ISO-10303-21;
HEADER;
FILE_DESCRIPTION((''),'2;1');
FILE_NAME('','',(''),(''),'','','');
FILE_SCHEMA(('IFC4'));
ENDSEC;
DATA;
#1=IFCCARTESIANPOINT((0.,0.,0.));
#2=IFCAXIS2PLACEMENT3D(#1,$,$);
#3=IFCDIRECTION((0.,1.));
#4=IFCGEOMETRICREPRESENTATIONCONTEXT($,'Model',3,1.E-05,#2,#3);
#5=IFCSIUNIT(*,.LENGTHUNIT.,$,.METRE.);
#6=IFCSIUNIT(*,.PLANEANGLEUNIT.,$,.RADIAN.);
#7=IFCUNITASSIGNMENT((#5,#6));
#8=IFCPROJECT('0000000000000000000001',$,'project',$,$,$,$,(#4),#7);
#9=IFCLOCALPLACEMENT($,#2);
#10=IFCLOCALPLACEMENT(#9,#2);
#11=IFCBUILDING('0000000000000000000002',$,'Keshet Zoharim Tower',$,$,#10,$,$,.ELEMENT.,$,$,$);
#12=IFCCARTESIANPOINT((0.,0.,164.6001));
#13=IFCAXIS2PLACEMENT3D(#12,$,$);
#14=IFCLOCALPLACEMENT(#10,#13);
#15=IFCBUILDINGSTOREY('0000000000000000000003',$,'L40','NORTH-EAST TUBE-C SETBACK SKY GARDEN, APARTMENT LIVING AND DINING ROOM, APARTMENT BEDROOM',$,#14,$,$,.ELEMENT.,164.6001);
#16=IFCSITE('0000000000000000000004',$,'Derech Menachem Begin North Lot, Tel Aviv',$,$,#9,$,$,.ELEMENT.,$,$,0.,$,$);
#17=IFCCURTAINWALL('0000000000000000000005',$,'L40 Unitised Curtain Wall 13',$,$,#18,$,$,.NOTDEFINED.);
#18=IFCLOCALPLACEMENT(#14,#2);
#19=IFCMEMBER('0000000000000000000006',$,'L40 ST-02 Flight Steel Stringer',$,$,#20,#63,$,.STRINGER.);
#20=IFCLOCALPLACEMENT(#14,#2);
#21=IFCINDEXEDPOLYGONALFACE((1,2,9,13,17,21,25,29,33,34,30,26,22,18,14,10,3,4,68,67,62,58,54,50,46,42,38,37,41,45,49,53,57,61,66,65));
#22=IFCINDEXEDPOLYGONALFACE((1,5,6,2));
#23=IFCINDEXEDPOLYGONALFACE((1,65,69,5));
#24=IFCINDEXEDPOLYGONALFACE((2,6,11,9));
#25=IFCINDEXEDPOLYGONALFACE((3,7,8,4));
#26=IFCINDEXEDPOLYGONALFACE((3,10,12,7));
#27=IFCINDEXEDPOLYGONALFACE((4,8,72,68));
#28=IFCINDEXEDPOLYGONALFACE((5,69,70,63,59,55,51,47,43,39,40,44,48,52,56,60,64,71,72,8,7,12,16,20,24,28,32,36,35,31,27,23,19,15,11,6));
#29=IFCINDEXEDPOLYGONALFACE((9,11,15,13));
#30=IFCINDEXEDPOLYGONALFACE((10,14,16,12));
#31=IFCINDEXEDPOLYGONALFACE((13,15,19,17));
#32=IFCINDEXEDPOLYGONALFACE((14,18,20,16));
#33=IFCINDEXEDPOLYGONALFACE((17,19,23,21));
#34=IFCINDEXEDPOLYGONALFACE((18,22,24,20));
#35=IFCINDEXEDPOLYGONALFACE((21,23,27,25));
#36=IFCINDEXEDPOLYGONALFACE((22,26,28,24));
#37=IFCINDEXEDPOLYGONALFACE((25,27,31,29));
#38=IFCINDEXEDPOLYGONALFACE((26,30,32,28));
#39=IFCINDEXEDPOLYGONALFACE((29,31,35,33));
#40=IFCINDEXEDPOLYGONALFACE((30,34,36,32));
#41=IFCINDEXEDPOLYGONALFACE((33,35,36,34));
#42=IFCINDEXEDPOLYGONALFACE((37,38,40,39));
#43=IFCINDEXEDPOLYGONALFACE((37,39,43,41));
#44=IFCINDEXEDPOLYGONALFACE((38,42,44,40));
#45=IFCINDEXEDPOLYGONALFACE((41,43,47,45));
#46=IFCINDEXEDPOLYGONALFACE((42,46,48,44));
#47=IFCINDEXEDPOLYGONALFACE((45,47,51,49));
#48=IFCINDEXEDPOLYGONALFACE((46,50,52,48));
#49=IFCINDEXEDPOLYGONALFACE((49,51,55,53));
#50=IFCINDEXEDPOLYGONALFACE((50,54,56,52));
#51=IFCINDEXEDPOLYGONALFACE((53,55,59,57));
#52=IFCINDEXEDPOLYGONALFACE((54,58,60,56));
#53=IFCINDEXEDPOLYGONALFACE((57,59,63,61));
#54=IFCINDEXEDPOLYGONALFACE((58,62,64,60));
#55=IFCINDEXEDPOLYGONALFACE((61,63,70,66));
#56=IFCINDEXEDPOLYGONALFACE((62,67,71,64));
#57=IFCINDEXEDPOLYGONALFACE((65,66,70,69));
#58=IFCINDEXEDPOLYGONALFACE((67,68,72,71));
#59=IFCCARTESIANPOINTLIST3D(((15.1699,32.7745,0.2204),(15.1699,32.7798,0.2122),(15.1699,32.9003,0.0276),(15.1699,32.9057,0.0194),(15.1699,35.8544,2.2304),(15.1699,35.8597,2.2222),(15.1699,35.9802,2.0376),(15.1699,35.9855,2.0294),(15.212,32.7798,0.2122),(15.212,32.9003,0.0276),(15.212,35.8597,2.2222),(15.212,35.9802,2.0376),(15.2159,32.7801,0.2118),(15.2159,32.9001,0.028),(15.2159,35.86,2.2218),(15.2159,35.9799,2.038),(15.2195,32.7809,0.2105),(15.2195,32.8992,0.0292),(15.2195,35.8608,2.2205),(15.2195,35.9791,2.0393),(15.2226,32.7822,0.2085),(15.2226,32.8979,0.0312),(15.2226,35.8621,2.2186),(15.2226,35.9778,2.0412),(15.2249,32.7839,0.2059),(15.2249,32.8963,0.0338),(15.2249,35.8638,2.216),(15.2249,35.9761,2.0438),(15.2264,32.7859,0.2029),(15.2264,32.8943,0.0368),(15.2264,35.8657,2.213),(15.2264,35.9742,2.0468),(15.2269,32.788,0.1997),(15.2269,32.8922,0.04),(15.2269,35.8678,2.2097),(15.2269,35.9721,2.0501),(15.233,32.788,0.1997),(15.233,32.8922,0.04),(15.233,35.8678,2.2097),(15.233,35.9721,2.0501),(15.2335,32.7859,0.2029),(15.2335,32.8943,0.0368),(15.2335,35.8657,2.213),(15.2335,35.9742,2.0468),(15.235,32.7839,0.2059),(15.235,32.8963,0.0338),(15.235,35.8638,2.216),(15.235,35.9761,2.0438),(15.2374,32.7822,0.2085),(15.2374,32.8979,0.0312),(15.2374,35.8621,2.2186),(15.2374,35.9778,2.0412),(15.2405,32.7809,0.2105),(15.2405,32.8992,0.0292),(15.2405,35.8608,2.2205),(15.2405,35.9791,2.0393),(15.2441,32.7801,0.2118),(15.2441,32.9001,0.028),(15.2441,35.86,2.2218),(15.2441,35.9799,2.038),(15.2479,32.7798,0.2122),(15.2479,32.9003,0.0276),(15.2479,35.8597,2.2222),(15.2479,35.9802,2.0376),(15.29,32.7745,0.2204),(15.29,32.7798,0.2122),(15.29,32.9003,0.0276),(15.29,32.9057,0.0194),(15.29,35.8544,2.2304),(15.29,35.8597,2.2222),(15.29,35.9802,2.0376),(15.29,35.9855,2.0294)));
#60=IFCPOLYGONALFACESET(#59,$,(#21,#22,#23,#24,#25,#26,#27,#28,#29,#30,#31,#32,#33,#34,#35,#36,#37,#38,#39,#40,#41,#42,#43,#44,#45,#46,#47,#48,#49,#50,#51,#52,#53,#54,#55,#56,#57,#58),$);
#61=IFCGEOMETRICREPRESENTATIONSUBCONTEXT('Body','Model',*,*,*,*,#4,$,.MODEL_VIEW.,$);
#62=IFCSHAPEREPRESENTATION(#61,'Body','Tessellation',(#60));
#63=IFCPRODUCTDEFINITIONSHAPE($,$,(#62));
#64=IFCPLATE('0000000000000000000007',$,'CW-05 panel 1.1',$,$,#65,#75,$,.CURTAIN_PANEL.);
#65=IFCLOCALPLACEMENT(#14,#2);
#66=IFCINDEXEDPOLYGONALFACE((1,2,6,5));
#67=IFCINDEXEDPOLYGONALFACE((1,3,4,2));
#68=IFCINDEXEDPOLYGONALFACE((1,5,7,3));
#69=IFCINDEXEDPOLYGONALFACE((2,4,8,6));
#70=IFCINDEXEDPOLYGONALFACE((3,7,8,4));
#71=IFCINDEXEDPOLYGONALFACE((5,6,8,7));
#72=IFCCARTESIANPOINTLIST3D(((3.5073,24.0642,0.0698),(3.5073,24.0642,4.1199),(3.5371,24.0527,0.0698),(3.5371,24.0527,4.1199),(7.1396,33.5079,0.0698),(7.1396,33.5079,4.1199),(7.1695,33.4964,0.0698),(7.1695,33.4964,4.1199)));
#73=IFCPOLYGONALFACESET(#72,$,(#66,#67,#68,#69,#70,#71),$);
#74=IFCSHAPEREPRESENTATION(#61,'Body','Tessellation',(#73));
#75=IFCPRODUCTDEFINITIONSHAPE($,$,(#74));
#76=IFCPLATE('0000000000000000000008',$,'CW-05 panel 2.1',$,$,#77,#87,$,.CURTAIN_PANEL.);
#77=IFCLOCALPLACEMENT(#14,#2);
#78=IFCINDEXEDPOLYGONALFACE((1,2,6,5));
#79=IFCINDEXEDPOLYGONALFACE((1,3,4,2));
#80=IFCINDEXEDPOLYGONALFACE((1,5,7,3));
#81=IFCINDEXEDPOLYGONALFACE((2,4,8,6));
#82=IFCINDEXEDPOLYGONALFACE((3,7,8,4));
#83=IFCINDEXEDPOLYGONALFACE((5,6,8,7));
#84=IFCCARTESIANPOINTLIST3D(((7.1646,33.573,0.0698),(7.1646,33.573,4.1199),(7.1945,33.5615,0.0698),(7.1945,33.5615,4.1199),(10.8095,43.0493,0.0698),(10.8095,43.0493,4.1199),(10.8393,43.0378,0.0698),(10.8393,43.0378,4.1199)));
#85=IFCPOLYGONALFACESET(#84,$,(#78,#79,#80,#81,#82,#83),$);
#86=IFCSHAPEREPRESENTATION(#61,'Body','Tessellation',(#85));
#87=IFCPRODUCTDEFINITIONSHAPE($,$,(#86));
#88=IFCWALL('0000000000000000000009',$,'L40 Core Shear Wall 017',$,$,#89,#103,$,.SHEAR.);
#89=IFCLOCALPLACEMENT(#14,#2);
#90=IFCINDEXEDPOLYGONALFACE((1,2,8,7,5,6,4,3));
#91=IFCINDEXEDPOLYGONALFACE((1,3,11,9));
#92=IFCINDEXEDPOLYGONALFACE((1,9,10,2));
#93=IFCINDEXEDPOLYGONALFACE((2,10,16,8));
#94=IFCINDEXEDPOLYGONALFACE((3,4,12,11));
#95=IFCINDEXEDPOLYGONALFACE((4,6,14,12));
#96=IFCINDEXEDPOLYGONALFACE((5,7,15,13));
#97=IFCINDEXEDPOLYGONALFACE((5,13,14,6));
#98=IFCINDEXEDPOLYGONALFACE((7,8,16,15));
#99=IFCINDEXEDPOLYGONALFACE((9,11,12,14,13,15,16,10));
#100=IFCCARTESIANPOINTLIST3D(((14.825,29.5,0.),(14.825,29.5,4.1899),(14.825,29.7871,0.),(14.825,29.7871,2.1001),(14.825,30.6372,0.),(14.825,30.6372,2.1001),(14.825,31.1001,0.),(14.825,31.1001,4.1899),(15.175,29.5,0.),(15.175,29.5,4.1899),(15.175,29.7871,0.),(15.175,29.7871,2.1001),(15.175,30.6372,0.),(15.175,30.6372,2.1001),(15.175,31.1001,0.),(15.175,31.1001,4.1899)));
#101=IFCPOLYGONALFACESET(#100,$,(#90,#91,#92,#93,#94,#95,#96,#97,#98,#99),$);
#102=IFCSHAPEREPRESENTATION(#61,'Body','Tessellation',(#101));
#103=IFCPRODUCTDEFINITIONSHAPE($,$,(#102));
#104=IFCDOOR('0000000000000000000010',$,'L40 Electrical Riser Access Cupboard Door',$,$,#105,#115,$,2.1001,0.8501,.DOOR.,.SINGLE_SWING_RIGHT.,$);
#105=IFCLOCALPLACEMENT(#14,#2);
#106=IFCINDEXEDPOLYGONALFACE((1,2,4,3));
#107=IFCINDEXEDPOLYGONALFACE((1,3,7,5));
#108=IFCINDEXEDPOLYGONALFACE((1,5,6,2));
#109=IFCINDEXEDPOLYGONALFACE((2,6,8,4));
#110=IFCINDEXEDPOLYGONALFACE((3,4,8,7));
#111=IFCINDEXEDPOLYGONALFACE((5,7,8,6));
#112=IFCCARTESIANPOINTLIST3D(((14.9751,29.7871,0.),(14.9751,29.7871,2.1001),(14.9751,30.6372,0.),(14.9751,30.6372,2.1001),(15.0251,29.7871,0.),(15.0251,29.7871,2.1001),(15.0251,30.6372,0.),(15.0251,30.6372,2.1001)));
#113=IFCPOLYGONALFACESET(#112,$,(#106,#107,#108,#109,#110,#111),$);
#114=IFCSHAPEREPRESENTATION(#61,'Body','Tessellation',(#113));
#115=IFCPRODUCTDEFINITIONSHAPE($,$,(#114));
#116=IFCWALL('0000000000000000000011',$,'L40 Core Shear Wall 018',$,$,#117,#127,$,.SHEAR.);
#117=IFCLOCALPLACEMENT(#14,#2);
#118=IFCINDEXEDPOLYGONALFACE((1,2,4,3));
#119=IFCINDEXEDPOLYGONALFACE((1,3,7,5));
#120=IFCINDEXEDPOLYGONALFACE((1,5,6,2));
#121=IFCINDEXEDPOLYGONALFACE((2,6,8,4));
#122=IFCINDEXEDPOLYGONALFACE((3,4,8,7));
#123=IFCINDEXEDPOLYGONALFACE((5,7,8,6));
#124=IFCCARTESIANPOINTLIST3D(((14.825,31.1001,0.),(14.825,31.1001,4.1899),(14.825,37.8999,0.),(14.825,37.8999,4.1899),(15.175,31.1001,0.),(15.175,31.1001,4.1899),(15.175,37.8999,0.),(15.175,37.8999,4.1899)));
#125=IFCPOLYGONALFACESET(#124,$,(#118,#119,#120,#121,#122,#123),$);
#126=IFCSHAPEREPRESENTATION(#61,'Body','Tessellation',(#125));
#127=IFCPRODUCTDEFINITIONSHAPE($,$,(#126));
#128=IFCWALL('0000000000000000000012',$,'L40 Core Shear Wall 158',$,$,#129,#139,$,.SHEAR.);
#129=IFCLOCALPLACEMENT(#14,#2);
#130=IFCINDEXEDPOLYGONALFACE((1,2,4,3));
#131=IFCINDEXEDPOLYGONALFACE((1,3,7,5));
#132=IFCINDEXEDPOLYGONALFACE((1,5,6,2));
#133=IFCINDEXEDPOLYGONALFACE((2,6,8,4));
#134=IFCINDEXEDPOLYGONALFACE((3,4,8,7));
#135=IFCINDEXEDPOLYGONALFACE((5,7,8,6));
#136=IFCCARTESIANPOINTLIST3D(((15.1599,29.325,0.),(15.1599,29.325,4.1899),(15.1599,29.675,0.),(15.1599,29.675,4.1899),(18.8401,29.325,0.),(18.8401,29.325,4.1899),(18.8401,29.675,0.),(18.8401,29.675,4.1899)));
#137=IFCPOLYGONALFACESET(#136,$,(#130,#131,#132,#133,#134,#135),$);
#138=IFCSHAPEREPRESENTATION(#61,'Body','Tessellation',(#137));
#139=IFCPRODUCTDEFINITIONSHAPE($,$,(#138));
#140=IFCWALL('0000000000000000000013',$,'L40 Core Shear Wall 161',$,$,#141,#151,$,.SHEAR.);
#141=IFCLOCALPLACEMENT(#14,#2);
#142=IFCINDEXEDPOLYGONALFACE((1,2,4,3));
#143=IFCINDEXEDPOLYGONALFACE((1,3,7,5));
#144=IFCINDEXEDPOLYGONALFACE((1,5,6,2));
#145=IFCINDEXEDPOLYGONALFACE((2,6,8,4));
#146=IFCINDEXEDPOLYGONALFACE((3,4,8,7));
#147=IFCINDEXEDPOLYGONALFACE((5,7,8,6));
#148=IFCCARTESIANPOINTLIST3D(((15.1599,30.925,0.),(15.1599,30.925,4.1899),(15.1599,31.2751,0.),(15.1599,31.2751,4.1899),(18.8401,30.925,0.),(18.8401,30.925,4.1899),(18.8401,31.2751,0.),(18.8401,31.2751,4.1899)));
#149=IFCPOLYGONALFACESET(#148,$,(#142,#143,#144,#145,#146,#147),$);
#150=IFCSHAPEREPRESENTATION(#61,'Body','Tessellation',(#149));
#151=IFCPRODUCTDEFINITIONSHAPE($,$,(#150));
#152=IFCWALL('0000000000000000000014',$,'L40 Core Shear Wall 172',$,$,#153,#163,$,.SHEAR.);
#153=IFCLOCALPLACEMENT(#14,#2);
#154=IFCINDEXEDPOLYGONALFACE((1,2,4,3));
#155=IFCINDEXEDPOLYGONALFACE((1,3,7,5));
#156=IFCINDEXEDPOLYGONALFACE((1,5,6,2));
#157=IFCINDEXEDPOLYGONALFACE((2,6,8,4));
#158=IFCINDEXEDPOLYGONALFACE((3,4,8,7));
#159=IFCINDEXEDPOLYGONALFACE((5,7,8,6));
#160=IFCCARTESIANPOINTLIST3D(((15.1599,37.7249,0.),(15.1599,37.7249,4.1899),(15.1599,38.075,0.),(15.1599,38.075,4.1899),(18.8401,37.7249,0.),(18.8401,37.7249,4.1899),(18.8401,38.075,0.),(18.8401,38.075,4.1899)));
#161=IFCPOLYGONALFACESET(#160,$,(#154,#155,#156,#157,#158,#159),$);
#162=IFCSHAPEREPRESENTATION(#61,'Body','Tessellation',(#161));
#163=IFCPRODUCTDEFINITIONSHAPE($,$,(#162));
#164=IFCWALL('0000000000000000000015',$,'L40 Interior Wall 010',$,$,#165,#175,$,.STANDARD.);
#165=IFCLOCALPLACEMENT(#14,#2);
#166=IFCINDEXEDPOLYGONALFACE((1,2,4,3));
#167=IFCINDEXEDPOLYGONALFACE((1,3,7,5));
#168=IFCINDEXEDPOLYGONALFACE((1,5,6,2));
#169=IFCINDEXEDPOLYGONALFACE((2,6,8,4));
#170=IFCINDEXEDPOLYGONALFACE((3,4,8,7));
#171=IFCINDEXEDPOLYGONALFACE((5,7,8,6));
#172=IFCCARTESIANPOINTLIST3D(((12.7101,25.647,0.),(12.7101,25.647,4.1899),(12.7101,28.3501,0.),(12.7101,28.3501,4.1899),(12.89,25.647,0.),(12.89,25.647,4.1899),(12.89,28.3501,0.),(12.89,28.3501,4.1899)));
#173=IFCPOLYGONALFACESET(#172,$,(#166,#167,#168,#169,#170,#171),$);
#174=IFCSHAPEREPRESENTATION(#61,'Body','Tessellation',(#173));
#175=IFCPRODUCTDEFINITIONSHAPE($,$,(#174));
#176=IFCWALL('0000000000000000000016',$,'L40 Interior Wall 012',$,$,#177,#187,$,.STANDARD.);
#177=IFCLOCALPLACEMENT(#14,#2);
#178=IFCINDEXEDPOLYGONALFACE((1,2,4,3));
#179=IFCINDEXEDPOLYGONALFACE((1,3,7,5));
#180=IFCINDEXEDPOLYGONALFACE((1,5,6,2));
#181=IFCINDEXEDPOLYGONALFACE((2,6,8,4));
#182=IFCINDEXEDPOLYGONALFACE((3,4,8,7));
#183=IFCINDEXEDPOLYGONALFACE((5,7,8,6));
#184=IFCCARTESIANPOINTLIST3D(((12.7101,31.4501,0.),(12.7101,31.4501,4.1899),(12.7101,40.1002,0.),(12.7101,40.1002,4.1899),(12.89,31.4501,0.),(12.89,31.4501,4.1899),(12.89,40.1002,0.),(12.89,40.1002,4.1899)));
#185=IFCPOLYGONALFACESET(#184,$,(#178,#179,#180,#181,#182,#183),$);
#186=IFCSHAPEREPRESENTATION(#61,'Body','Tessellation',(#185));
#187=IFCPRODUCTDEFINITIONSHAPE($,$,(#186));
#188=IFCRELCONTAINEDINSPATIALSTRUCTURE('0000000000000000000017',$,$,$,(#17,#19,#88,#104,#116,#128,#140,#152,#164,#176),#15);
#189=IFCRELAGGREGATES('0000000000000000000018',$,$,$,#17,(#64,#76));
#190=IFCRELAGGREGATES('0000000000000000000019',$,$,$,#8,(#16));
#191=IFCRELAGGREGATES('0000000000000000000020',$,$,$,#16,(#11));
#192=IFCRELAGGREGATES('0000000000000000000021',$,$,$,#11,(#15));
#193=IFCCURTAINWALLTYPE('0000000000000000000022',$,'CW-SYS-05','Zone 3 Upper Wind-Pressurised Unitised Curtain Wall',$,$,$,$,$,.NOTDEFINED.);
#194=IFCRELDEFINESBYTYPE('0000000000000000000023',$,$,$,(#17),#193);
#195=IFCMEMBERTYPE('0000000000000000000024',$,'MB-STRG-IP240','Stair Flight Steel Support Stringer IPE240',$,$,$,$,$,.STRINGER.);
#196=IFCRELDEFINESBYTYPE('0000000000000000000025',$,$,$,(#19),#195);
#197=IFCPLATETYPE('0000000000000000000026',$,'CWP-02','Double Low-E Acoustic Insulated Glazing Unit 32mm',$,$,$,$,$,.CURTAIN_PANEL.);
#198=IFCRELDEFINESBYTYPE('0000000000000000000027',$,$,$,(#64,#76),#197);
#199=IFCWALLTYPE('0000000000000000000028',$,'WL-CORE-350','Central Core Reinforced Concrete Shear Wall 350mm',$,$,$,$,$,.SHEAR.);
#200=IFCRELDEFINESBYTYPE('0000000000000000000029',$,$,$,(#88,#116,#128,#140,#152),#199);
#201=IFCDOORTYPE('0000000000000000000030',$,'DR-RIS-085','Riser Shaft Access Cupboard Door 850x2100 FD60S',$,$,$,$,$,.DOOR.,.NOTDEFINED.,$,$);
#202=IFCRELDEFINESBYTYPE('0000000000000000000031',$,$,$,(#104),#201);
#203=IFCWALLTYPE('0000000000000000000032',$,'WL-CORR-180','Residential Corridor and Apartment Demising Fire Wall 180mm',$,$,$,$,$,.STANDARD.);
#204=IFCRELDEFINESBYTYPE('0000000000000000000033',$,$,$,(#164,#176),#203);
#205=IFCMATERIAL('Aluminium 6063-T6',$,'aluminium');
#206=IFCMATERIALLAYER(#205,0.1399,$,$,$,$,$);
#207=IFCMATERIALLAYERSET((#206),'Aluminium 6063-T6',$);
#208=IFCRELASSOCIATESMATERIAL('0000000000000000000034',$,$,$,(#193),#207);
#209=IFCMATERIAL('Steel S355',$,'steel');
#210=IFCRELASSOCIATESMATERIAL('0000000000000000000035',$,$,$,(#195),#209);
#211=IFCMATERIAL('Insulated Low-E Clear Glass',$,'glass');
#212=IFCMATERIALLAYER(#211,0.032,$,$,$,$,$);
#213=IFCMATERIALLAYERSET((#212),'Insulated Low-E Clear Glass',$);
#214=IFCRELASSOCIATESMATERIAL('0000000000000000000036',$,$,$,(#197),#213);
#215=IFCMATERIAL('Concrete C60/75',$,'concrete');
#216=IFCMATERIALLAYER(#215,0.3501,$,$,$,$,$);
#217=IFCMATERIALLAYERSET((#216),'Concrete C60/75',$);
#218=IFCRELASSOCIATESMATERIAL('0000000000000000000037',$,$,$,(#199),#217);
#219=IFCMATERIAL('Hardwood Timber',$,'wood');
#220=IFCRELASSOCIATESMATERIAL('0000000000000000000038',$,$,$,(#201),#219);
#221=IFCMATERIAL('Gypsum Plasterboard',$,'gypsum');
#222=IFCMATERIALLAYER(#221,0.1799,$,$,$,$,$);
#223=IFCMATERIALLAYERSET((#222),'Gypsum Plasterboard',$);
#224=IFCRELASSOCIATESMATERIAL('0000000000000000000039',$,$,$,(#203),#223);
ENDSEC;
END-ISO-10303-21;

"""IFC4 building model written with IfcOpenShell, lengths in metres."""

from ifc_helpers import new_model, si_unit, direction, frame, frame_2d, origin, origin_2d, place, context, subcontext, project, spatial, rectangle, i_section, extrude, material, layer, layer_set, material_profile, profile_set, type_object, element, fill, aggregate, save


model = new_model("IFC4")

# Units and contexts
model_context = context("Model", 3, precision=1e-05, world=origin(), true_north=direction((0.0, 1.0)))
body_context = subcontext(model_context, "Body", "Model", "MODEL_VIEW")
ifc_project = project(units=[si_unit("LENGTHUNIT", "METRE"), si_unit("PLANEANGLEUNIT", "RADIAN")], contexts=[model_context])

# Site, building, storey
site_placement = place(None, origin())
site = spatial("IfcSite", under=ifc_project, at=site_placement, Name="Derech Menachem Begin North Lot, Tel Aviv", CompositionType="ELEMENT", RefElevation=0.0)
building_placement = place(site_placement, origin())
building = spatial("IfcBuilding", under=site, at=building_placement, Name="Keshet Zoharim Tower", CompositionType="ELEMENT")
storey_placement = place(building_placement, frame((0.0, 0.0, 164.6001)))
storey = spatial("IfcBuildingStorey", under=building, at=storey_placement, Name="L40", Description="NORTH-EAST TUBE-C SETBACK SKY GARDEN, APARTMENT LIVING AND DINING ROOM, APARTMENT BEDROOM", CompositionType="ELEMENT", Elevation=164.6001)

# Shared definitions
ifc_material_1 = material(Name="Steel S355", Category="steel")

# Curtain wall
ifc_material_2 = material(Name="Aluminium 6063-T6", Category="aluminium")
ifc_layer_1 = layer(ifc_material_2, 0.1399)
ifc_layer_set_1 = layer_set([ifc_layer_1], Name="Aluminium 6063-T6")
curtain_wall_type = type_object("IfcCurtainWallType", Name="CW-SYS-05", Description="Zone 3 Upper Wind-Pressurised Unitised Curtain Wall", PredefinedType="NOTDEFINED", material=ifc_layer_set_1)
curtain_wall_placement = place(storey_placement, origin())
curtain_wall = element("IfcCurtainWall", 1, at=curtain_wall_placement, inside=storey, type_object=curtain_wall_type, Name="L40 Unitised Curtain Wall 13", PredefinedType="NOTDEFINED")

# Member
ifc_material_profile_1 = material_profile(ifc_material_1, i_section(OverallWidth=0.1201, OverallDepth=0.24, WebThickness=0.0061, FlangeThickness=0.0098, FilletRadius=0.0149, at=origin_2d()), Name="IPE240")
ifc_profile_set_1 = profile_set([ifc_material_profile_1], Name="Steel S355")
member_type_1 = type_object("IfcMemberType", Name="MB-STRG-IP240", Description="Stair Flight Steel Support Stringer IPE240", PredefinedType="STRINGER", material=ifc_profile_set_1)
member_1_placement = place(storey_placement, frame((15.23, 32.8401, 0.1199), z_axis=(0.0, 0.837434, 0.546539), x_axis=(-1.0, 0.0, 0.0)))
element("IfcMember", 2, at=member_1_placement, inside=storey, type_object=member_type_1, Name="L40 ST-02 Flight Steel Stringer", PredefinedType="STRINGER", context=body_context, shape_type="SweptSolid", body=[
    extrude(i_section(OverallWidth=0.1201, OverallDepth=0.24, WebThickness=0.0061, FlangeThickness=0.0098, FilletRadius=0.0149, at=origin_2d()), origin(), (0.0, 0.0, 1.0), 3.6777),
])

# Plates
ifc_material_3 = material(Name="Insulated Low-E Clear Glass", Category="glass")
ifc_layer_2 = layer(ifc_material_3, 0.032)
ifc_layer_set_2 = layer_set([ifc_layer_2], Name="Insulated Low-E Clear Glass")
plate_type = type_object("IfcPlateType", Name="CWP-02", Description="Double Low-E Acoustic Insulated Glazing Unit 32mm", PredefinedType="CURTAIN_PANEL", material=ifc_layer_set_2)
plate_1_placement = place(storey_placement, frame((5.3384, 28.7803, 0.0698), z_axis=(0.0, 0.0, 1.0), x_axis=(0.35899, 0.933341, 0.0)))
plate_1 = element("IfcPlate", 3, at=plate_1_placement, type_object=plate_type, Name="CW-05 panel 1.1", PredefinedType="CURTAIN_PANEL", context=body_context, shape_type="SweptSolid", body=[
    extrude(rectangle(XDim=10.1182, YDim=0.032, at=origin_2d()), origin(), (0.0, 0.0, 1.0), 4.05),
])
plate_2_placement = place(storey_placement, frame((9.002, 38.3054, 0.0698), z_axis=(0.0, 0.0, 1.0), x_axis=(0.35899, 0.933341, 0.0)))
plate_2 = element("IfcPlate", 4, at=plate_2_placement, type_object=plate_type, Name="CW-05 panel 2.1", PredefinedType="CURTAIN_PANEL", context=body_context, shape_type="SweptSolid", body=[
    extrude(rectangle(XDim=10.1531, YDim=0.032, at=origin_2d()), origin(), (0.0, 0.0, 1.0), 4.05),
])
aggregate(curtain_wall, [plate_1, plate_2])

# Wall, opening, door
ifc_material_4 = material(Name="Concrete C60/75", Category="concrete")
ifc_layer_3 = layer(ifc_material_4, 0.3501)
ifc_layer_set_3 = layer_set([ifc_layer_3], Name="Concrete C60/75")
wall_type_1 = type_object("IfcWallType", Name="WL-CORE-350", Description="Central Core Reinforced Concrete Shear Wall 350mm", PredefinedType="SHEAR", material=ifc_layer_set_3)
wall_1_placement = place(storey_placement, frame((15.0, 29.5, 0.0), z_axis=(0.0, 0.0, 1.0), x_axis=(0.0, 1.0, 0.0)))
wall_1 = element("IfcWall", 5, at=wall_1_placement, inside=storey, type_object=wall_type_1, Name="L40 Core Shear Wall 017", PredefinedType="SHEAR", context=body_context, shape_type="SweptSolid", body=[
    extrude(rectangle(XDim=1.6001, YDim=0.3501, at=frame_2d((0.8, 0.0))), origin(), (0.0, 0.0, 1.0), 4.1899),
])
opening_1_placement = place(wall_1_placement, frame((0.2871, 0.0, 0.0)))
opening_1 = element("IfcOpeningElement", 6, at=opening_1_placement, cuts=wall_1, PredefinedType="OPENING", context=body_context, shape_type="SweptSolid", body=[
    extrude(rectangle(XDim=0.8501, YDim=2.1001, at=frame_2d((0.425, 1.05))), frame((0.0, 0.1851, 0.0), z_axis=(0.0, -1.0, 0.0), x_axis=(1.0, 0.0, 0.0)), (0.0, 0.0, 1.0), 0.3701),
])
ifc_material_5 = material(Name="Hardwood Timber", Category="wood")
door_type_1 = type_object("IfcDoorType", Name="DR-RIS-085", Description="Riser Shaft Access Cupboard Door 850x2100 FD60S", OperationType="NOTDEFINED", PredefinedType="DOOR", material=ifc_material_5)
door_1_placement = place(opening_1_placement, origin())
door_1 = element("IfcDoor", 7, at=door_1_placement, inside=storey, type_object=door_type_1, Name="L40 Electrical Riser Access Cupboard Door", OperationType="SINGLE_SWING_RIGHT", OverallHeight=2.1001, OverallWidth=0.8501, PredefinedType="DOOR", context=body_context, shape_type="SweptSolid", body=[
    extrude(rectangle(XDim=0.8501, YDim=2.1001, at=frame_2d((0.425, 1.05))), frame((0.0, 0.0249, 0.0), z_axis=(0.0, -1.0, 0.0), x_axis=(1.0, 0.0, 0.0)), (0.0, 0.0, 1.0), 0.05),
])
fill(opening_1, door_1)

# Walls
wall_2_placement = place(storey_placement, frame((15.0, 31.1001, 0.0), z_axis=(0.0, 0.0, 1.0), x_axis=(0.0, 1.0, 0.0)))
element("IfcWall", 8, at=wall_2_placement, inside=storey, type_object=wall_type_1, Name="L40 Core Shear Wall 018", PredefinedType="SHEAR", context=body_context, shape_type="SweptSolid", body=[
    extrude(rectangle(XDim=6.7998, YDim=0.3501, at=frame_2d((3.3999, 0.0))), origin(), (0.0, 0.0, 1.0), 4.1899),
])
for number, where, z_axis, x_axis, name in (
    (9, (15.1599, 29.5, 0.0), (0.0, 0.0, 1.0), (1.0, 0.0, 0.0), "L40 Core Shear Wall 158"),
    (10, (15.1599, 31.1001, 0.0), (0.0, 0.0, 1.0), (1.0, 0.0, 0.0), "L40 Core Shear Wall 161"),
    (11, (15.1599, 37.8999, 0.0), (0.0, 0.0, 1.0), (1.0, 0.0, 0.0), "L40 Core Shear Wall 172"),
):
    element("IfcWall", number, at=place(storey_placement, frame(where, z_axis=z_axis, x_axis=x_axis)), inside=storey, type_object=wall_type_1, Name=name, PredefinedType="SHEAR", context=body_context, shape_type="SweptSolid", body=[
        extrude(rectangle(XDim=3.6802, YDim=0.3501, at=frame_2d((1.8401, 0.0))), origin(), (0.0, 0.0, 1.0), 4.1899),
    ])
ifc_material_6 = material(Name="Gypsum Plasterboard", Category="gypsum")
ifc_layer_4 = layer(ifc_material_6, 0.1799)
ifc_layer_set_4 = layer_set([ifc_layer_4], Name="Gypsum Plasterboard")
wall_type_2 = type_object("IfcWallType", Name="WL-CORR-180", Description="Residential Corridor and Apartment Demising Fire Wall 180mm", PredefinedType="STANDARD", material=ifc_layer_set_4)
wall_3_placement = place(storey_placement, frame((12.8, 25.647, 0.0), z_axis=(0.0, 0.0, 1.0), x_axis=(0.0, 1.0, 0.0)))
element("IfcWall", 12, at=wall_3_placement, inside=storey, type_object=wall_type_2, Name="L40 Interior Wall 010", PredefinedType="STANDARD", context=body_context, shape_type="SweptSolid", body=[
    extrude(rectangle(XDim=2.7031, YDim=0.1799, at=frame_2d((1.3516, 0.0))), origin(), (0.0, 0.0, 1.0), 4.1899),
])

# Wall
wall_4_placement = place(storey_placement, frame((12.8, 31.45, 0.0), z_axis=(0.0, 0.0, 1.0), x_axis=(0.0, 1.0, 0.0)))
element("IfcWall", 13, at=wall_4_placement, inside=storey, type_object=wall_type_2, Name="L40 Interior Wall 012", PredefinedType="STANDARD", context=body_context, shape_type="SweptSolid", body=[
    extrude(rectangle(XDim=8.6501, YDim=0.1799, at=frame_2d((4.3252, 0.0))), origin(), (0.0, 0.0, 1.0), 4.1899),
])

save(model, "model.ifc")
